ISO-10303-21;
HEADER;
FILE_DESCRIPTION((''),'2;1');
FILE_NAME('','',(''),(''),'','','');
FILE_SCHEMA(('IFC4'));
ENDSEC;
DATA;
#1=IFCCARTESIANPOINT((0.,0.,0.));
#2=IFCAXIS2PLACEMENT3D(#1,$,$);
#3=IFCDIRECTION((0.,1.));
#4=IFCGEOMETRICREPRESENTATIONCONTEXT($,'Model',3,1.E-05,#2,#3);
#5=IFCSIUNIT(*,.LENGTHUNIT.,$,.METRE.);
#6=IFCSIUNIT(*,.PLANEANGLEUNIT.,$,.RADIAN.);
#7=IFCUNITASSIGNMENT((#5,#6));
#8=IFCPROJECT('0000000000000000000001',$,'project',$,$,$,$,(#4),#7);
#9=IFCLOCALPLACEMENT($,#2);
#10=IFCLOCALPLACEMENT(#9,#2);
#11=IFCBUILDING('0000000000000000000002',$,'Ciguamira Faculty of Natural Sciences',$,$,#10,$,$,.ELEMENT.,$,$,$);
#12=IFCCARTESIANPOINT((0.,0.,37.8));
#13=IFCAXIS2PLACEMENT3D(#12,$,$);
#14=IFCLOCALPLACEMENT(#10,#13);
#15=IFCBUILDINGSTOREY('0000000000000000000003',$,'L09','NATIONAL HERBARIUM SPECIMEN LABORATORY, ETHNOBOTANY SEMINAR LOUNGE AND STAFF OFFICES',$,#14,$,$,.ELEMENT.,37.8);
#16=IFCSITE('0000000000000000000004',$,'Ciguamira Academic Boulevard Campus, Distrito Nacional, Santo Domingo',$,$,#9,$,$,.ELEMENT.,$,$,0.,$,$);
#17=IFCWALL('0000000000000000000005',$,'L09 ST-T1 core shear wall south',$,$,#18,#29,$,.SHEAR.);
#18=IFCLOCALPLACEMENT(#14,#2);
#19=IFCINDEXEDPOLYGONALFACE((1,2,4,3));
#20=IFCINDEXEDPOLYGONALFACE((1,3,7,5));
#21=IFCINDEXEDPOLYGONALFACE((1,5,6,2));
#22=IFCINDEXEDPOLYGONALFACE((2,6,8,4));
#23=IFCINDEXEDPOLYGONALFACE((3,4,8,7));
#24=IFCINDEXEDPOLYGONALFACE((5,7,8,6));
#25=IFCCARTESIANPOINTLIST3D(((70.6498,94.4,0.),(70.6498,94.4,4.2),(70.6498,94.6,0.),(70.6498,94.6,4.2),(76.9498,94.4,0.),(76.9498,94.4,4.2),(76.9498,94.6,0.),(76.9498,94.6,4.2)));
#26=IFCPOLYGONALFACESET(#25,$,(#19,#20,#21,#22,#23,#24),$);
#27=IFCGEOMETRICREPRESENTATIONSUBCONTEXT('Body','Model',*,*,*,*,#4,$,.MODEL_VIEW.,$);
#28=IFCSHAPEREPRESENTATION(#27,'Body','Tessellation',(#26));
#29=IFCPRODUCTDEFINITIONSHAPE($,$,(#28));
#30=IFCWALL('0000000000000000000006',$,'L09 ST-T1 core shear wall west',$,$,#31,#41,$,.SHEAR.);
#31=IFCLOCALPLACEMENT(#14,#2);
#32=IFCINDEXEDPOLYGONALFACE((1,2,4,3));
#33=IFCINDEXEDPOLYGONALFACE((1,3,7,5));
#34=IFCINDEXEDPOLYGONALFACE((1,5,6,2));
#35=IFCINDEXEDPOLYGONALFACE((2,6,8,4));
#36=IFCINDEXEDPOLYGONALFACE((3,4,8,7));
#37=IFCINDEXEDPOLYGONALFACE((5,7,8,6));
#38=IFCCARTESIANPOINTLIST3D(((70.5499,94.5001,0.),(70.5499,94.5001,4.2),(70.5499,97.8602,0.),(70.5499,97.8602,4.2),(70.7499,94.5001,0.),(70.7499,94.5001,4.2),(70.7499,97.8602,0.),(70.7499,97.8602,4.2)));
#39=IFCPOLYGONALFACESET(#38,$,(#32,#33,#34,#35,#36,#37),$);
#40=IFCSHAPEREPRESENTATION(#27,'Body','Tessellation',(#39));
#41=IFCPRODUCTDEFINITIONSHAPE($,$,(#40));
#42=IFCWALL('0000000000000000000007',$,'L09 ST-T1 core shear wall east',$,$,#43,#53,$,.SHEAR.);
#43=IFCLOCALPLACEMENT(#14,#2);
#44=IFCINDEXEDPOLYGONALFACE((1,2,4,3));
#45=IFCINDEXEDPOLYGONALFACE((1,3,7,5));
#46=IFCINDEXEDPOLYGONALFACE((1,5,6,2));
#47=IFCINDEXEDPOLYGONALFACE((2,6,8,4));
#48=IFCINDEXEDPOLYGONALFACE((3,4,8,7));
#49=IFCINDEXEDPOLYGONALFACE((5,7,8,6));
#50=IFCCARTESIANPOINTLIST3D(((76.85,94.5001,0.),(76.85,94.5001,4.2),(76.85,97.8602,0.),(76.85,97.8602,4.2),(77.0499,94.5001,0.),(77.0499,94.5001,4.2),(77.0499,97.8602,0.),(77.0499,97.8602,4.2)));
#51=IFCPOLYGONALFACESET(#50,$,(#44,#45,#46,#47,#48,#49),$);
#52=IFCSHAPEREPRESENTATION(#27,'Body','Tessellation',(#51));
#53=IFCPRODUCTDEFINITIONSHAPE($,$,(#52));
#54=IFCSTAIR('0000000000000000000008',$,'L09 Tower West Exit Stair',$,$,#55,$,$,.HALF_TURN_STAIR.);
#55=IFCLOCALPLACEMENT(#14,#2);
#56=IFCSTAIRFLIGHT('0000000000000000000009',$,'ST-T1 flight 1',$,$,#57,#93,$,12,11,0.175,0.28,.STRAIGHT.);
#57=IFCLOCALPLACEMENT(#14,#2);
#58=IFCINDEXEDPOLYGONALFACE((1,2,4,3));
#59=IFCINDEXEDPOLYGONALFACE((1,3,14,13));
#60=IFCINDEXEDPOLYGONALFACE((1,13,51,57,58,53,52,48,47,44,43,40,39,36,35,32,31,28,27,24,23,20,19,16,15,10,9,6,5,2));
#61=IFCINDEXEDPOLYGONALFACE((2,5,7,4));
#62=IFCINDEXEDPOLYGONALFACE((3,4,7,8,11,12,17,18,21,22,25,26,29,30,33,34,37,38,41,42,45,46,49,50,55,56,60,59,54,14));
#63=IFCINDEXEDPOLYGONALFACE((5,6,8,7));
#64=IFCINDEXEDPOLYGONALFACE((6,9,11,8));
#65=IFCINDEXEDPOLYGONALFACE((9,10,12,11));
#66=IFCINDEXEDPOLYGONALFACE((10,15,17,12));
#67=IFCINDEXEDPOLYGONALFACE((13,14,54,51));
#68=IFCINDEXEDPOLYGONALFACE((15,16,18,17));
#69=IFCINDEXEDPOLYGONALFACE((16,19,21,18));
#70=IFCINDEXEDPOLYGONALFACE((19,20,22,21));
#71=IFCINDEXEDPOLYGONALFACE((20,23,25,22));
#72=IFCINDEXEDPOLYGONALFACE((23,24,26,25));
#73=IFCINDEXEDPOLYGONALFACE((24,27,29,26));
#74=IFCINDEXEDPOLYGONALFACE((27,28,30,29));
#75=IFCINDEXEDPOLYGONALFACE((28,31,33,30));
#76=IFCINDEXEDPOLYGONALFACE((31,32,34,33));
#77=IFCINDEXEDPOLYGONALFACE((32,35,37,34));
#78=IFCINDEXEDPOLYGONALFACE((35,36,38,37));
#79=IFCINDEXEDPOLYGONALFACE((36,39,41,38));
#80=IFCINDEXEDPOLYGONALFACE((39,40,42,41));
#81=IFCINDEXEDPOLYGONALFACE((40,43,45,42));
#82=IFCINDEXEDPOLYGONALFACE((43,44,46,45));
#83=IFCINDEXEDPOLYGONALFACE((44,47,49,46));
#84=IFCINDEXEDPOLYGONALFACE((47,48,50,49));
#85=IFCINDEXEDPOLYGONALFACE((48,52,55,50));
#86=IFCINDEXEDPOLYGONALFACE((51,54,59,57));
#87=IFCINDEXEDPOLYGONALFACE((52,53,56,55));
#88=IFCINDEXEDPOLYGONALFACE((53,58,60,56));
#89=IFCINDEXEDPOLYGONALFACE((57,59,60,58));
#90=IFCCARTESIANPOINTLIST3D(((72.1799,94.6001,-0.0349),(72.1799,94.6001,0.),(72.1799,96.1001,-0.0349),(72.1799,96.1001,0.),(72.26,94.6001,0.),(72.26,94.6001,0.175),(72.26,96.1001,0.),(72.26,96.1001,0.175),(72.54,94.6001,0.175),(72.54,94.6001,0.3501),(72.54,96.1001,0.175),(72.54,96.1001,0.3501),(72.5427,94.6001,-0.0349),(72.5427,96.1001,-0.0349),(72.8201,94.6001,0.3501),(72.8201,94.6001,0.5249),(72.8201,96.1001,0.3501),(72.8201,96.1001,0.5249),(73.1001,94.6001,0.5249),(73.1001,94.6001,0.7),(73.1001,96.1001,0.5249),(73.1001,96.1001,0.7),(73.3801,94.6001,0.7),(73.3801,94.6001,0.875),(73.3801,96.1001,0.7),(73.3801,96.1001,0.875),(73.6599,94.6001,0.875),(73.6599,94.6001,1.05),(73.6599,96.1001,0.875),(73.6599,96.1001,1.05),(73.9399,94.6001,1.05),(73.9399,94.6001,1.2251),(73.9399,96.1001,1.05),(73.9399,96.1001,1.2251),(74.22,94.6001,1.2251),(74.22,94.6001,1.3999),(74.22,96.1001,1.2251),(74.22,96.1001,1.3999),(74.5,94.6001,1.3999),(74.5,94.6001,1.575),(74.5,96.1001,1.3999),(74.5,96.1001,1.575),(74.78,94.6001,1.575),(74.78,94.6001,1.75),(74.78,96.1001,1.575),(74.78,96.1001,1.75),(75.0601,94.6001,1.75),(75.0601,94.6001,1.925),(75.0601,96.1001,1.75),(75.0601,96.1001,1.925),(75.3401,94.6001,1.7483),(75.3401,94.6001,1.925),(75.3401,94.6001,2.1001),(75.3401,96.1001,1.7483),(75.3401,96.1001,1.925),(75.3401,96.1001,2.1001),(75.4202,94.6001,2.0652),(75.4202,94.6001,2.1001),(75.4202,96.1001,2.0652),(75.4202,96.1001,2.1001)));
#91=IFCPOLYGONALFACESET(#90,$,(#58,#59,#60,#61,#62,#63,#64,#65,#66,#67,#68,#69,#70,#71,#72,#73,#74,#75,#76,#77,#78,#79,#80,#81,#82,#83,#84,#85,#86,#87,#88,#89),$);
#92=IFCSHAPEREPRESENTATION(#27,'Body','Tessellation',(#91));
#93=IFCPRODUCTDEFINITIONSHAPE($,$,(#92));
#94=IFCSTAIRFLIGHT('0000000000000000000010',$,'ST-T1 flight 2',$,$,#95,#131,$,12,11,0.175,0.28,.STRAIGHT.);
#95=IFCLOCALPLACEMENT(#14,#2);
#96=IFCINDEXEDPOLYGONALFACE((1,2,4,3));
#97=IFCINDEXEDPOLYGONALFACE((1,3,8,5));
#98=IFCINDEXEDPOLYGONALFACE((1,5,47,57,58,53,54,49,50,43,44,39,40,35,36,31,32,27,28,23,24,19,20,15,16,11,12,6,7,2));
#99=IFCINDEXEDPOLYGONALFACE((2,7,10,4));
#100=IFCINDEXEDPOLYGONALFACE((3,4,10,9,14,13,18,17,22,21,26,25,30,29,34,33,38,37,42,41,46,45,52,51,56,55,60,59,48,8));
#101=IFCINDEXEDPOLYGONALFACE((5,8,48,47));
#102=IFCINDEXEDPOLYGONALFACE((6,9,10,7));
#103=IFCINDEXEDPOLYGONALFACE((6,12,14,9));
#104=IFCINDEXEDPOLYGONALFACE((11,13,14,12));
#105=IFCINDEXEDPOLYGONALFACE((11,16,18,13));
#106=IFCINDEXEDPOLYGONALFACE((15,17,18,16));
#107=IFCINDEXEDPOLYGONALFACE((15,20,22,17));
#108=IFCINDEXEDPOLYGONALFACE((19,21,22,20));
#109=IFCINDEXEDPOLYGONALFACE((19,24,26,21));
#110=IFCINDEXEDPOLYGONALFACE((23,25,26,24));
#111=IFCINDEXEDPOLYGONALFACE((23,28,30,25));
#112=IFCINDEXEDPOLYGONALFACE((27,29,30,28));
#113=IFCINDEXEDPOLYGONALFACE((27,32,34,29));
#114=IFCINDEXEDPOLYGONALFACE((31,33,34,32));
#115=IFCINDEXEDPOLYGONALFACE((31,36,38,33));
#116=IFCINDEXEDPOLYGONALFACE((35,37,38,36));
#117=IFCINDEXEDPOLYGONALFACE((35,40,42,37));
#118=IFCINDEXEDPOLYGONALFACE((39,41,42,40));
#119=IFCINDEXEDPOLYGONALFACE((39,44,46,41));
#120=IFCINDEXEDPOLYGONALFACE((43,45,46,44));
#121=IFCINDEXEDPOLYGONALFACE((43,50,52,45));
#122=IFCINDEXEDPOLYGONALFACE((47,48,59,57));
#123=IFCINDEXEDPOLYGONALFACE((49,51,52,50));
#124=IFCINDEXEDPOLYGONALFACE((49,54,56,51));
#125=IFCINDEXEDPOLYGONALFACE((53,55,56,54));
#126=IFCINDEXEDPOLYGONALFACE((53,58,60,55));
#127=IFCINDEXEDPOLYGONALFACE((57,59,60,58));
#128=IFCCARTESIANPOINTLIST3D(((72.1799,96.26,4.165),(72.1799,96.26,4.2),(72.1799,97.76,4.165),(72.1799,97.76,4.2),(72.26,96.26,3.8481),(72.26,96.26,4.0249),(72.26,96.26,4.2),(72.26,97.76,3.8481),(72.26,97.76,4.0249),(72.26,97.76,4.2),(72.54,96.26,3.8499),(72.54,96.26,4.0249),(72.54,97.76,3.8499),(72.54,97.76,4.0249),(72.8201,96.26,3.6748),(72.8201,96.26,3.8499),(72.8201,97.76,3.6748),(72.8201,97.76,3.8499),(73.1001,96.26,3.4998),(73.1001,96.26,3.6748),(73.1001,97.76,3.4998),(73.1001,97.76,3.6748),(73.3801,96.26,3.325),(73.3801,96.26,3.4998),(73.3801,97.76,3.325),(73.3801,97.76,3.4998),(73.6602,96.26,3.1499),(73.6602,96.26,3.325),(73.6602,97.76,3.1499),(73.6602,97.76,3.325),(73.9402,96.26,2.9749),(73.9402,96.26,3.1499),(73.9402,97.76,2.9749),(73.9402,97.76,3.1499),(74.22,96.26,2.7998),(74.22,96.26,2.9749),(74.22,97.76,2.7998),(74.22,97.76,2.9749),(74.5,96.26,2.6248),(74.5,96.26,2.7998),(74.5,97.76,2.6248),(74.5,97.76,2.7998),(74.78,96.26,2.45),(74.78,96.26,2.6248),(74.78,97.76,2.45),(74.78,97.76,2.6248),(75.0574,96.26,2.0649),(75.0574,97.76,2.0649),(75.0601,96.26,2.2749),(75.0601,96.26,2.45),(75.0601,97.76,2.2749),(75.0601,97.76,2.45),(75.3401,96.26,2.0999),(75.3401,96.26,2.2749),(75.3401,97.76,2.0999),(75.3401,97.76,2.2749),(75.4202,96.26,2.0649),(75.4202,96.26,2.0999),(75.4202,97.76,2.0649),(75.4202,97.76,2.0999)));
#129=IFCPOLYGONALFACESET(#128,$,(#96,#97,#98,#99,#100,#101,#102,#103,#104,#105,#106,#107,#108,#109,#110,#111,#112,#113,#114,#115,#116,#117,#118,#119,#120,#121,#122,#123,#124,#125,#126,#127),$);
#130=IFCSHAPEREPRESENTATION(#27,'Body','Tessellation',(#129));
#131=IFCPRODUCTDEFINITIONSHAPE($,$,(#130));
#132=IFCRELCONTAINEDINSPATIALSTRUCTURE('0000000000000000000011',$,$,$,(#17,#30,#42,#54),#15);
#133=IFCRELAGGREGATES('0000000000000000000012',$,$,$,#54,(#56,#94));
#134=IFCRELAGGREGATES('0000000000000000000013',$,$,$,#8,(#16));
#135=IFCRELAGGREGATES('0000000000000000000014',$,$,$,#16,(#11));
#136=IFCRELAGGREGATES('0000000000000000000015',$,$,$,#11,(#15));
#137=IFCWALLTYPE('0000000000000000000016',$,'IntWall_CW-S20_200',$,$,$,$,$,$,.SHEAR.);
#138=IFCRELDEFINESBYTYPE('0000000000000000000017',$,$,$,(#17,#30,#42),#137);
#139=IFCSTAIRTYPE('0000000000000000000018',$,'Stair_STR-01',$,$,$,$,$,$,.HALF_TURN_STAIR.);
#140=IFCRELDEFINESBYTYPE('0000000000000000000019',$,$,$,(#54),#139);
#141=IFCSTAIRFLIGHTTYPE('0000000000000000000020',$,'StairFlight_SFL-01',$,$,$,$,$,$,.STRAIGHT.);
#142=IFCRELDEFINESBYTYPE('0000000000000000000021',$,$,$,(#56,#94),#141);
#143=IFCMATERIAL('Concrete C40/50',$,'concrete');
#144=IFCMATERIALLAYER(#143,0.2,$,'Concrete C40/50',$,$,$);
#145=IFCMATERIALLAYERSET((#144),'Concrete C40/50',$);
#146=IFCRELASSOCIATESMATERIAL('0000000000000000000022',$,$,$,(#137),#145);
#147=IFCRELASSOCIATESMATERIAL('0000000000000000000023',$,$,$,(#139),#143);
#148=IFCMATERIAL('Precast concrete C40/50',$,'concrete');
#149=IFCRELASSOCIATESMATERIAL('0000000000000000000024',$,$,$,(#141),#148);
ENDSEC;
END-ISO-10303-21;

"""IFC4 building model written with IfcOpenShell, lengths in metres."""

from ifc_helpers import new_model, si_unit, direction, frame, frame_2d, origin, place, context, subcontext, project, spatial, polyline, rectangle, outline, extrude, material, layer, layer_set, type_object, element, aggregate, save


model = new_model("IFC4")

# Units and contexts
model_context = context("Model", 3, precision=1e-05, world=origin(), true_north=direction((0.0, 1.0)))
body_context = subcontext(model_context, "Body", "Model", "MODEL_VIEW")
ifc_project = project(units=[si_unit("LENGTHUNIT", "METRE"), si_unit("PLANEANGLEUNIT", "RADIAN")], contexts=[model_context])

# Site, building, storey
site_placement = place(None, origin())
site = spatial("IfcSite", under=ifc_project, at=site_placement, Name="Ciguamira Academic Boulevard Campus, Distrito Nacional, Santo Domingo", CompositionType="ELEMENT", RefElevation=0.0)
building_placement = place(site_placement, origin())
building = spatial("IfcBuilding", under=site, at=building_placement, Name="Ciguamira Faculty of Natural Sciences", CompositionType="ELEMENT")
storey_placement = place(building_placement, frame((0.0, 0.0, 37.8)))
storey = spatial("IfcBuildingStorey", under=building, at=storey_placement, Name="L09", Description="NATIONAL HERBARIUM SPECIMEN LABORATORY, ETHNOBOTANY SEMINAR LOUNGE AND STAFF OFFICES", CompositionType="ELEMENT", Elevation=37.8)

# Shared definitions
ifc_material_1 = material(Name="Concrete C40/50", Category="concrete")

# Shared definitions
ifc_material_2 = material(Name="Precast concrete C40/50", Category="concrete")

# Walls
ifc_layer_1 = layer(ifc_material_1, 0.2, Name="Concrete C40/50")
ifc_layer_set_1 = layer_set([ifc_layer_1], Name="Concrete C40/50")
wall_type = type_object("IfcWallType", Name="IntWall_CW-S20_200", PredefinedType="SHEAR", material=ifc_layer_set_1)
wall_placement = place(storey_placement, frame((70.6499, 94.5, 0.0), z_axis=(0.0, 0.0, 1.0), x_axis=(1.0, 0.0, 0.0)))
element("IfcWall", 1, at=wall_placement, inside=storey, type_object=wall_type, Name="L09 ST-T1 core shear wall south", PredefinedType="SHEAR", context=body_context, shape_type="SweptSolid", body=[
    extrude(rectangle(XDim=6.3, YDim=0.2, at=frame_2d((3.1499, 0.0))), origin(), (0.0, 0.0, 1.0), 4.2),
])
for number, where, z_axis, x_axis, name in (
    (2, (70.6499, 94.5, 0.0), (0.0, 0.0, 1.0), (0.0, 1.0, 0.0), "L09 ST-T1 core shear wall west"),
    (3, (76.95, 94.5, 0.0), (0.0, 0.0, 1.0), (0.0, 1.0, 0.0), "L09 ST-T1 core shear wall east"),
):
    element("IfcWall", number, at=place(storey_placement, frame(where, z_axis=z_axis, x_axis=x_axis)), inside=storey, type_object=wall_type, Name=name, PredefinedType="SHEAR", context=body_context, shape_type="SweptSolid", body=[
        extrude(rectangle(XDim=3.3601, YDim=0.2, at=frame_2d((1.6802, 0.0))), origin(), (0.0, 0.0, 1.0), 4.2),
    ])

# Stair, stair flights
stair_type = type_object("IfcStairType", Name="Stair_STR-01", PredefinedType="HALF_TURN_STAIR", material=ifc_material_1)
stair_placement = place(storey_placement, origin())
stair = element("IfcStair", 4, at=stair_placement, inside=storey, type_object=stair_type, Name="L09 Tower West Exit Stair", PredefinedType="HALF_TURN_STAIR")
stair_flight_type = type_object("IfcStairFlightType", Name="StairFlight_SFL-01", PredefinedType="STRAIGHT", material=ifc_material_2)
stair_flight_1_placement = place(storey_placement, frame((72.26, 95.3501, 0.0), z_axis=(0.0, 0.0, 1.0), x_axis=(1.0, 0.0, 0.0)))
stair_flight_1 = element("IfcStairFlight", 5, at=stair_flight_1_placement, type_object=stair_flight_type, Name="ST-T1 flight 1", NumberOfRisers=12, NumberOfTreads=11, PredefinedType="STRAIGHT", RiserHeight=0.175, TreadLength=0.28, context=body_context, shape_type="SweptSolid", body=[
    extrude(outline(polyline([(-0.0801, -0.0349), (-0.0801, 0.0), (0.0, 0.0), (0.0, 0.175), (0.28, 0.175), (0.28, 0.3501), (0.5601, 0.3501), (0.5601, 0.5249), (0.8401, 0.5249), (0.8401, 0.7), (1.1201, 0.7), (1.1201, 0.875), (1.3999, 0.875), (1.3999, 1.05), (1.6799, 1.05), (1.6799, 1.2251), (1.96, 1.2251), (1.96, 1.3999), (2.24, 1.3999), (2.24, 1.575), (2.52, 1.575), (2.52, 1.75), (2.8, 1.75), (2.8, 1.925), (3.0801, 1.925), (3.0801, 2.1001), (3.1602, 2.1001), (3.1602, 2.0652), (3.0801, 1.7483), (0.2827, -0.0349), (-0.0801, -0.0349)])), frame((0.0, 0.75, 0.0), z_axis=(0.0, -1.0, 0.0), x_axis=(1.0, 0.0, 0.0)), (0.0, 0.0, 1.0), 1.5),
])
stair_flight_2_placement = place(storey_placement, frame((75.3401, 97.01, 2.0999), z_axis=(0.0, 0.0, 1.0), x_axis=(-1.0, 0.0, 0.0)))
stair_flight_2 = element("IfcStairFlight", 6, at=stair_flight_2_placement, type_object=stair_flight_type, Name="ST-T1 flight 2", NumberOfRisers=12, NumberOfTreads=11, PredefinedType="STRAIGHT", RiserHeight=0.175, TreadLength=0.28, context=body_context, shape_type="SweptSolid", body=[
    extrude(outline(polyline([(-0.0801, -0.0349), (-0.0801, 0.0), (0.0, 0.0), (0.0, 0.175), (0.28, 0.175), (0.28, 0.3501), (0.5601, 0.3501), (0.5601, 0.5249), (0.8401, 0.5249), (0.8401, 0.7), (1.1201, 0.7), (1.1201, 0.875), (1.3999, 0.875), (1.3999, 1.05), (1.6799, 1.05), (1.6799, 1.2251), (1.96, 1.2251), (1.96, 1.3999), (2.24, 1.3999), (2.24, 1.575), (2.52, 1.575), (2.52, 1.75), (2.8, 1.75), (2.8, 1.925), (3.0801, 1.925), (3.0801, 2.1001), (3.1602, 2.1001), (3.1602, 2.0652), (3.0801, 1.7483), (0.2827, -0.0349), (-0.0801, -0.0349)])), frame((0.0, 0.75, 0.0), z_axis=(0.0, -1.0, 0.0), x_axis=(1.0, 0.0, 0.0)), (0.0, 0.0, 1.0), 1.5),
])
aggregate(stair, [stair_flight_1, stair_flight_2])

save(model, "model.ifc")
